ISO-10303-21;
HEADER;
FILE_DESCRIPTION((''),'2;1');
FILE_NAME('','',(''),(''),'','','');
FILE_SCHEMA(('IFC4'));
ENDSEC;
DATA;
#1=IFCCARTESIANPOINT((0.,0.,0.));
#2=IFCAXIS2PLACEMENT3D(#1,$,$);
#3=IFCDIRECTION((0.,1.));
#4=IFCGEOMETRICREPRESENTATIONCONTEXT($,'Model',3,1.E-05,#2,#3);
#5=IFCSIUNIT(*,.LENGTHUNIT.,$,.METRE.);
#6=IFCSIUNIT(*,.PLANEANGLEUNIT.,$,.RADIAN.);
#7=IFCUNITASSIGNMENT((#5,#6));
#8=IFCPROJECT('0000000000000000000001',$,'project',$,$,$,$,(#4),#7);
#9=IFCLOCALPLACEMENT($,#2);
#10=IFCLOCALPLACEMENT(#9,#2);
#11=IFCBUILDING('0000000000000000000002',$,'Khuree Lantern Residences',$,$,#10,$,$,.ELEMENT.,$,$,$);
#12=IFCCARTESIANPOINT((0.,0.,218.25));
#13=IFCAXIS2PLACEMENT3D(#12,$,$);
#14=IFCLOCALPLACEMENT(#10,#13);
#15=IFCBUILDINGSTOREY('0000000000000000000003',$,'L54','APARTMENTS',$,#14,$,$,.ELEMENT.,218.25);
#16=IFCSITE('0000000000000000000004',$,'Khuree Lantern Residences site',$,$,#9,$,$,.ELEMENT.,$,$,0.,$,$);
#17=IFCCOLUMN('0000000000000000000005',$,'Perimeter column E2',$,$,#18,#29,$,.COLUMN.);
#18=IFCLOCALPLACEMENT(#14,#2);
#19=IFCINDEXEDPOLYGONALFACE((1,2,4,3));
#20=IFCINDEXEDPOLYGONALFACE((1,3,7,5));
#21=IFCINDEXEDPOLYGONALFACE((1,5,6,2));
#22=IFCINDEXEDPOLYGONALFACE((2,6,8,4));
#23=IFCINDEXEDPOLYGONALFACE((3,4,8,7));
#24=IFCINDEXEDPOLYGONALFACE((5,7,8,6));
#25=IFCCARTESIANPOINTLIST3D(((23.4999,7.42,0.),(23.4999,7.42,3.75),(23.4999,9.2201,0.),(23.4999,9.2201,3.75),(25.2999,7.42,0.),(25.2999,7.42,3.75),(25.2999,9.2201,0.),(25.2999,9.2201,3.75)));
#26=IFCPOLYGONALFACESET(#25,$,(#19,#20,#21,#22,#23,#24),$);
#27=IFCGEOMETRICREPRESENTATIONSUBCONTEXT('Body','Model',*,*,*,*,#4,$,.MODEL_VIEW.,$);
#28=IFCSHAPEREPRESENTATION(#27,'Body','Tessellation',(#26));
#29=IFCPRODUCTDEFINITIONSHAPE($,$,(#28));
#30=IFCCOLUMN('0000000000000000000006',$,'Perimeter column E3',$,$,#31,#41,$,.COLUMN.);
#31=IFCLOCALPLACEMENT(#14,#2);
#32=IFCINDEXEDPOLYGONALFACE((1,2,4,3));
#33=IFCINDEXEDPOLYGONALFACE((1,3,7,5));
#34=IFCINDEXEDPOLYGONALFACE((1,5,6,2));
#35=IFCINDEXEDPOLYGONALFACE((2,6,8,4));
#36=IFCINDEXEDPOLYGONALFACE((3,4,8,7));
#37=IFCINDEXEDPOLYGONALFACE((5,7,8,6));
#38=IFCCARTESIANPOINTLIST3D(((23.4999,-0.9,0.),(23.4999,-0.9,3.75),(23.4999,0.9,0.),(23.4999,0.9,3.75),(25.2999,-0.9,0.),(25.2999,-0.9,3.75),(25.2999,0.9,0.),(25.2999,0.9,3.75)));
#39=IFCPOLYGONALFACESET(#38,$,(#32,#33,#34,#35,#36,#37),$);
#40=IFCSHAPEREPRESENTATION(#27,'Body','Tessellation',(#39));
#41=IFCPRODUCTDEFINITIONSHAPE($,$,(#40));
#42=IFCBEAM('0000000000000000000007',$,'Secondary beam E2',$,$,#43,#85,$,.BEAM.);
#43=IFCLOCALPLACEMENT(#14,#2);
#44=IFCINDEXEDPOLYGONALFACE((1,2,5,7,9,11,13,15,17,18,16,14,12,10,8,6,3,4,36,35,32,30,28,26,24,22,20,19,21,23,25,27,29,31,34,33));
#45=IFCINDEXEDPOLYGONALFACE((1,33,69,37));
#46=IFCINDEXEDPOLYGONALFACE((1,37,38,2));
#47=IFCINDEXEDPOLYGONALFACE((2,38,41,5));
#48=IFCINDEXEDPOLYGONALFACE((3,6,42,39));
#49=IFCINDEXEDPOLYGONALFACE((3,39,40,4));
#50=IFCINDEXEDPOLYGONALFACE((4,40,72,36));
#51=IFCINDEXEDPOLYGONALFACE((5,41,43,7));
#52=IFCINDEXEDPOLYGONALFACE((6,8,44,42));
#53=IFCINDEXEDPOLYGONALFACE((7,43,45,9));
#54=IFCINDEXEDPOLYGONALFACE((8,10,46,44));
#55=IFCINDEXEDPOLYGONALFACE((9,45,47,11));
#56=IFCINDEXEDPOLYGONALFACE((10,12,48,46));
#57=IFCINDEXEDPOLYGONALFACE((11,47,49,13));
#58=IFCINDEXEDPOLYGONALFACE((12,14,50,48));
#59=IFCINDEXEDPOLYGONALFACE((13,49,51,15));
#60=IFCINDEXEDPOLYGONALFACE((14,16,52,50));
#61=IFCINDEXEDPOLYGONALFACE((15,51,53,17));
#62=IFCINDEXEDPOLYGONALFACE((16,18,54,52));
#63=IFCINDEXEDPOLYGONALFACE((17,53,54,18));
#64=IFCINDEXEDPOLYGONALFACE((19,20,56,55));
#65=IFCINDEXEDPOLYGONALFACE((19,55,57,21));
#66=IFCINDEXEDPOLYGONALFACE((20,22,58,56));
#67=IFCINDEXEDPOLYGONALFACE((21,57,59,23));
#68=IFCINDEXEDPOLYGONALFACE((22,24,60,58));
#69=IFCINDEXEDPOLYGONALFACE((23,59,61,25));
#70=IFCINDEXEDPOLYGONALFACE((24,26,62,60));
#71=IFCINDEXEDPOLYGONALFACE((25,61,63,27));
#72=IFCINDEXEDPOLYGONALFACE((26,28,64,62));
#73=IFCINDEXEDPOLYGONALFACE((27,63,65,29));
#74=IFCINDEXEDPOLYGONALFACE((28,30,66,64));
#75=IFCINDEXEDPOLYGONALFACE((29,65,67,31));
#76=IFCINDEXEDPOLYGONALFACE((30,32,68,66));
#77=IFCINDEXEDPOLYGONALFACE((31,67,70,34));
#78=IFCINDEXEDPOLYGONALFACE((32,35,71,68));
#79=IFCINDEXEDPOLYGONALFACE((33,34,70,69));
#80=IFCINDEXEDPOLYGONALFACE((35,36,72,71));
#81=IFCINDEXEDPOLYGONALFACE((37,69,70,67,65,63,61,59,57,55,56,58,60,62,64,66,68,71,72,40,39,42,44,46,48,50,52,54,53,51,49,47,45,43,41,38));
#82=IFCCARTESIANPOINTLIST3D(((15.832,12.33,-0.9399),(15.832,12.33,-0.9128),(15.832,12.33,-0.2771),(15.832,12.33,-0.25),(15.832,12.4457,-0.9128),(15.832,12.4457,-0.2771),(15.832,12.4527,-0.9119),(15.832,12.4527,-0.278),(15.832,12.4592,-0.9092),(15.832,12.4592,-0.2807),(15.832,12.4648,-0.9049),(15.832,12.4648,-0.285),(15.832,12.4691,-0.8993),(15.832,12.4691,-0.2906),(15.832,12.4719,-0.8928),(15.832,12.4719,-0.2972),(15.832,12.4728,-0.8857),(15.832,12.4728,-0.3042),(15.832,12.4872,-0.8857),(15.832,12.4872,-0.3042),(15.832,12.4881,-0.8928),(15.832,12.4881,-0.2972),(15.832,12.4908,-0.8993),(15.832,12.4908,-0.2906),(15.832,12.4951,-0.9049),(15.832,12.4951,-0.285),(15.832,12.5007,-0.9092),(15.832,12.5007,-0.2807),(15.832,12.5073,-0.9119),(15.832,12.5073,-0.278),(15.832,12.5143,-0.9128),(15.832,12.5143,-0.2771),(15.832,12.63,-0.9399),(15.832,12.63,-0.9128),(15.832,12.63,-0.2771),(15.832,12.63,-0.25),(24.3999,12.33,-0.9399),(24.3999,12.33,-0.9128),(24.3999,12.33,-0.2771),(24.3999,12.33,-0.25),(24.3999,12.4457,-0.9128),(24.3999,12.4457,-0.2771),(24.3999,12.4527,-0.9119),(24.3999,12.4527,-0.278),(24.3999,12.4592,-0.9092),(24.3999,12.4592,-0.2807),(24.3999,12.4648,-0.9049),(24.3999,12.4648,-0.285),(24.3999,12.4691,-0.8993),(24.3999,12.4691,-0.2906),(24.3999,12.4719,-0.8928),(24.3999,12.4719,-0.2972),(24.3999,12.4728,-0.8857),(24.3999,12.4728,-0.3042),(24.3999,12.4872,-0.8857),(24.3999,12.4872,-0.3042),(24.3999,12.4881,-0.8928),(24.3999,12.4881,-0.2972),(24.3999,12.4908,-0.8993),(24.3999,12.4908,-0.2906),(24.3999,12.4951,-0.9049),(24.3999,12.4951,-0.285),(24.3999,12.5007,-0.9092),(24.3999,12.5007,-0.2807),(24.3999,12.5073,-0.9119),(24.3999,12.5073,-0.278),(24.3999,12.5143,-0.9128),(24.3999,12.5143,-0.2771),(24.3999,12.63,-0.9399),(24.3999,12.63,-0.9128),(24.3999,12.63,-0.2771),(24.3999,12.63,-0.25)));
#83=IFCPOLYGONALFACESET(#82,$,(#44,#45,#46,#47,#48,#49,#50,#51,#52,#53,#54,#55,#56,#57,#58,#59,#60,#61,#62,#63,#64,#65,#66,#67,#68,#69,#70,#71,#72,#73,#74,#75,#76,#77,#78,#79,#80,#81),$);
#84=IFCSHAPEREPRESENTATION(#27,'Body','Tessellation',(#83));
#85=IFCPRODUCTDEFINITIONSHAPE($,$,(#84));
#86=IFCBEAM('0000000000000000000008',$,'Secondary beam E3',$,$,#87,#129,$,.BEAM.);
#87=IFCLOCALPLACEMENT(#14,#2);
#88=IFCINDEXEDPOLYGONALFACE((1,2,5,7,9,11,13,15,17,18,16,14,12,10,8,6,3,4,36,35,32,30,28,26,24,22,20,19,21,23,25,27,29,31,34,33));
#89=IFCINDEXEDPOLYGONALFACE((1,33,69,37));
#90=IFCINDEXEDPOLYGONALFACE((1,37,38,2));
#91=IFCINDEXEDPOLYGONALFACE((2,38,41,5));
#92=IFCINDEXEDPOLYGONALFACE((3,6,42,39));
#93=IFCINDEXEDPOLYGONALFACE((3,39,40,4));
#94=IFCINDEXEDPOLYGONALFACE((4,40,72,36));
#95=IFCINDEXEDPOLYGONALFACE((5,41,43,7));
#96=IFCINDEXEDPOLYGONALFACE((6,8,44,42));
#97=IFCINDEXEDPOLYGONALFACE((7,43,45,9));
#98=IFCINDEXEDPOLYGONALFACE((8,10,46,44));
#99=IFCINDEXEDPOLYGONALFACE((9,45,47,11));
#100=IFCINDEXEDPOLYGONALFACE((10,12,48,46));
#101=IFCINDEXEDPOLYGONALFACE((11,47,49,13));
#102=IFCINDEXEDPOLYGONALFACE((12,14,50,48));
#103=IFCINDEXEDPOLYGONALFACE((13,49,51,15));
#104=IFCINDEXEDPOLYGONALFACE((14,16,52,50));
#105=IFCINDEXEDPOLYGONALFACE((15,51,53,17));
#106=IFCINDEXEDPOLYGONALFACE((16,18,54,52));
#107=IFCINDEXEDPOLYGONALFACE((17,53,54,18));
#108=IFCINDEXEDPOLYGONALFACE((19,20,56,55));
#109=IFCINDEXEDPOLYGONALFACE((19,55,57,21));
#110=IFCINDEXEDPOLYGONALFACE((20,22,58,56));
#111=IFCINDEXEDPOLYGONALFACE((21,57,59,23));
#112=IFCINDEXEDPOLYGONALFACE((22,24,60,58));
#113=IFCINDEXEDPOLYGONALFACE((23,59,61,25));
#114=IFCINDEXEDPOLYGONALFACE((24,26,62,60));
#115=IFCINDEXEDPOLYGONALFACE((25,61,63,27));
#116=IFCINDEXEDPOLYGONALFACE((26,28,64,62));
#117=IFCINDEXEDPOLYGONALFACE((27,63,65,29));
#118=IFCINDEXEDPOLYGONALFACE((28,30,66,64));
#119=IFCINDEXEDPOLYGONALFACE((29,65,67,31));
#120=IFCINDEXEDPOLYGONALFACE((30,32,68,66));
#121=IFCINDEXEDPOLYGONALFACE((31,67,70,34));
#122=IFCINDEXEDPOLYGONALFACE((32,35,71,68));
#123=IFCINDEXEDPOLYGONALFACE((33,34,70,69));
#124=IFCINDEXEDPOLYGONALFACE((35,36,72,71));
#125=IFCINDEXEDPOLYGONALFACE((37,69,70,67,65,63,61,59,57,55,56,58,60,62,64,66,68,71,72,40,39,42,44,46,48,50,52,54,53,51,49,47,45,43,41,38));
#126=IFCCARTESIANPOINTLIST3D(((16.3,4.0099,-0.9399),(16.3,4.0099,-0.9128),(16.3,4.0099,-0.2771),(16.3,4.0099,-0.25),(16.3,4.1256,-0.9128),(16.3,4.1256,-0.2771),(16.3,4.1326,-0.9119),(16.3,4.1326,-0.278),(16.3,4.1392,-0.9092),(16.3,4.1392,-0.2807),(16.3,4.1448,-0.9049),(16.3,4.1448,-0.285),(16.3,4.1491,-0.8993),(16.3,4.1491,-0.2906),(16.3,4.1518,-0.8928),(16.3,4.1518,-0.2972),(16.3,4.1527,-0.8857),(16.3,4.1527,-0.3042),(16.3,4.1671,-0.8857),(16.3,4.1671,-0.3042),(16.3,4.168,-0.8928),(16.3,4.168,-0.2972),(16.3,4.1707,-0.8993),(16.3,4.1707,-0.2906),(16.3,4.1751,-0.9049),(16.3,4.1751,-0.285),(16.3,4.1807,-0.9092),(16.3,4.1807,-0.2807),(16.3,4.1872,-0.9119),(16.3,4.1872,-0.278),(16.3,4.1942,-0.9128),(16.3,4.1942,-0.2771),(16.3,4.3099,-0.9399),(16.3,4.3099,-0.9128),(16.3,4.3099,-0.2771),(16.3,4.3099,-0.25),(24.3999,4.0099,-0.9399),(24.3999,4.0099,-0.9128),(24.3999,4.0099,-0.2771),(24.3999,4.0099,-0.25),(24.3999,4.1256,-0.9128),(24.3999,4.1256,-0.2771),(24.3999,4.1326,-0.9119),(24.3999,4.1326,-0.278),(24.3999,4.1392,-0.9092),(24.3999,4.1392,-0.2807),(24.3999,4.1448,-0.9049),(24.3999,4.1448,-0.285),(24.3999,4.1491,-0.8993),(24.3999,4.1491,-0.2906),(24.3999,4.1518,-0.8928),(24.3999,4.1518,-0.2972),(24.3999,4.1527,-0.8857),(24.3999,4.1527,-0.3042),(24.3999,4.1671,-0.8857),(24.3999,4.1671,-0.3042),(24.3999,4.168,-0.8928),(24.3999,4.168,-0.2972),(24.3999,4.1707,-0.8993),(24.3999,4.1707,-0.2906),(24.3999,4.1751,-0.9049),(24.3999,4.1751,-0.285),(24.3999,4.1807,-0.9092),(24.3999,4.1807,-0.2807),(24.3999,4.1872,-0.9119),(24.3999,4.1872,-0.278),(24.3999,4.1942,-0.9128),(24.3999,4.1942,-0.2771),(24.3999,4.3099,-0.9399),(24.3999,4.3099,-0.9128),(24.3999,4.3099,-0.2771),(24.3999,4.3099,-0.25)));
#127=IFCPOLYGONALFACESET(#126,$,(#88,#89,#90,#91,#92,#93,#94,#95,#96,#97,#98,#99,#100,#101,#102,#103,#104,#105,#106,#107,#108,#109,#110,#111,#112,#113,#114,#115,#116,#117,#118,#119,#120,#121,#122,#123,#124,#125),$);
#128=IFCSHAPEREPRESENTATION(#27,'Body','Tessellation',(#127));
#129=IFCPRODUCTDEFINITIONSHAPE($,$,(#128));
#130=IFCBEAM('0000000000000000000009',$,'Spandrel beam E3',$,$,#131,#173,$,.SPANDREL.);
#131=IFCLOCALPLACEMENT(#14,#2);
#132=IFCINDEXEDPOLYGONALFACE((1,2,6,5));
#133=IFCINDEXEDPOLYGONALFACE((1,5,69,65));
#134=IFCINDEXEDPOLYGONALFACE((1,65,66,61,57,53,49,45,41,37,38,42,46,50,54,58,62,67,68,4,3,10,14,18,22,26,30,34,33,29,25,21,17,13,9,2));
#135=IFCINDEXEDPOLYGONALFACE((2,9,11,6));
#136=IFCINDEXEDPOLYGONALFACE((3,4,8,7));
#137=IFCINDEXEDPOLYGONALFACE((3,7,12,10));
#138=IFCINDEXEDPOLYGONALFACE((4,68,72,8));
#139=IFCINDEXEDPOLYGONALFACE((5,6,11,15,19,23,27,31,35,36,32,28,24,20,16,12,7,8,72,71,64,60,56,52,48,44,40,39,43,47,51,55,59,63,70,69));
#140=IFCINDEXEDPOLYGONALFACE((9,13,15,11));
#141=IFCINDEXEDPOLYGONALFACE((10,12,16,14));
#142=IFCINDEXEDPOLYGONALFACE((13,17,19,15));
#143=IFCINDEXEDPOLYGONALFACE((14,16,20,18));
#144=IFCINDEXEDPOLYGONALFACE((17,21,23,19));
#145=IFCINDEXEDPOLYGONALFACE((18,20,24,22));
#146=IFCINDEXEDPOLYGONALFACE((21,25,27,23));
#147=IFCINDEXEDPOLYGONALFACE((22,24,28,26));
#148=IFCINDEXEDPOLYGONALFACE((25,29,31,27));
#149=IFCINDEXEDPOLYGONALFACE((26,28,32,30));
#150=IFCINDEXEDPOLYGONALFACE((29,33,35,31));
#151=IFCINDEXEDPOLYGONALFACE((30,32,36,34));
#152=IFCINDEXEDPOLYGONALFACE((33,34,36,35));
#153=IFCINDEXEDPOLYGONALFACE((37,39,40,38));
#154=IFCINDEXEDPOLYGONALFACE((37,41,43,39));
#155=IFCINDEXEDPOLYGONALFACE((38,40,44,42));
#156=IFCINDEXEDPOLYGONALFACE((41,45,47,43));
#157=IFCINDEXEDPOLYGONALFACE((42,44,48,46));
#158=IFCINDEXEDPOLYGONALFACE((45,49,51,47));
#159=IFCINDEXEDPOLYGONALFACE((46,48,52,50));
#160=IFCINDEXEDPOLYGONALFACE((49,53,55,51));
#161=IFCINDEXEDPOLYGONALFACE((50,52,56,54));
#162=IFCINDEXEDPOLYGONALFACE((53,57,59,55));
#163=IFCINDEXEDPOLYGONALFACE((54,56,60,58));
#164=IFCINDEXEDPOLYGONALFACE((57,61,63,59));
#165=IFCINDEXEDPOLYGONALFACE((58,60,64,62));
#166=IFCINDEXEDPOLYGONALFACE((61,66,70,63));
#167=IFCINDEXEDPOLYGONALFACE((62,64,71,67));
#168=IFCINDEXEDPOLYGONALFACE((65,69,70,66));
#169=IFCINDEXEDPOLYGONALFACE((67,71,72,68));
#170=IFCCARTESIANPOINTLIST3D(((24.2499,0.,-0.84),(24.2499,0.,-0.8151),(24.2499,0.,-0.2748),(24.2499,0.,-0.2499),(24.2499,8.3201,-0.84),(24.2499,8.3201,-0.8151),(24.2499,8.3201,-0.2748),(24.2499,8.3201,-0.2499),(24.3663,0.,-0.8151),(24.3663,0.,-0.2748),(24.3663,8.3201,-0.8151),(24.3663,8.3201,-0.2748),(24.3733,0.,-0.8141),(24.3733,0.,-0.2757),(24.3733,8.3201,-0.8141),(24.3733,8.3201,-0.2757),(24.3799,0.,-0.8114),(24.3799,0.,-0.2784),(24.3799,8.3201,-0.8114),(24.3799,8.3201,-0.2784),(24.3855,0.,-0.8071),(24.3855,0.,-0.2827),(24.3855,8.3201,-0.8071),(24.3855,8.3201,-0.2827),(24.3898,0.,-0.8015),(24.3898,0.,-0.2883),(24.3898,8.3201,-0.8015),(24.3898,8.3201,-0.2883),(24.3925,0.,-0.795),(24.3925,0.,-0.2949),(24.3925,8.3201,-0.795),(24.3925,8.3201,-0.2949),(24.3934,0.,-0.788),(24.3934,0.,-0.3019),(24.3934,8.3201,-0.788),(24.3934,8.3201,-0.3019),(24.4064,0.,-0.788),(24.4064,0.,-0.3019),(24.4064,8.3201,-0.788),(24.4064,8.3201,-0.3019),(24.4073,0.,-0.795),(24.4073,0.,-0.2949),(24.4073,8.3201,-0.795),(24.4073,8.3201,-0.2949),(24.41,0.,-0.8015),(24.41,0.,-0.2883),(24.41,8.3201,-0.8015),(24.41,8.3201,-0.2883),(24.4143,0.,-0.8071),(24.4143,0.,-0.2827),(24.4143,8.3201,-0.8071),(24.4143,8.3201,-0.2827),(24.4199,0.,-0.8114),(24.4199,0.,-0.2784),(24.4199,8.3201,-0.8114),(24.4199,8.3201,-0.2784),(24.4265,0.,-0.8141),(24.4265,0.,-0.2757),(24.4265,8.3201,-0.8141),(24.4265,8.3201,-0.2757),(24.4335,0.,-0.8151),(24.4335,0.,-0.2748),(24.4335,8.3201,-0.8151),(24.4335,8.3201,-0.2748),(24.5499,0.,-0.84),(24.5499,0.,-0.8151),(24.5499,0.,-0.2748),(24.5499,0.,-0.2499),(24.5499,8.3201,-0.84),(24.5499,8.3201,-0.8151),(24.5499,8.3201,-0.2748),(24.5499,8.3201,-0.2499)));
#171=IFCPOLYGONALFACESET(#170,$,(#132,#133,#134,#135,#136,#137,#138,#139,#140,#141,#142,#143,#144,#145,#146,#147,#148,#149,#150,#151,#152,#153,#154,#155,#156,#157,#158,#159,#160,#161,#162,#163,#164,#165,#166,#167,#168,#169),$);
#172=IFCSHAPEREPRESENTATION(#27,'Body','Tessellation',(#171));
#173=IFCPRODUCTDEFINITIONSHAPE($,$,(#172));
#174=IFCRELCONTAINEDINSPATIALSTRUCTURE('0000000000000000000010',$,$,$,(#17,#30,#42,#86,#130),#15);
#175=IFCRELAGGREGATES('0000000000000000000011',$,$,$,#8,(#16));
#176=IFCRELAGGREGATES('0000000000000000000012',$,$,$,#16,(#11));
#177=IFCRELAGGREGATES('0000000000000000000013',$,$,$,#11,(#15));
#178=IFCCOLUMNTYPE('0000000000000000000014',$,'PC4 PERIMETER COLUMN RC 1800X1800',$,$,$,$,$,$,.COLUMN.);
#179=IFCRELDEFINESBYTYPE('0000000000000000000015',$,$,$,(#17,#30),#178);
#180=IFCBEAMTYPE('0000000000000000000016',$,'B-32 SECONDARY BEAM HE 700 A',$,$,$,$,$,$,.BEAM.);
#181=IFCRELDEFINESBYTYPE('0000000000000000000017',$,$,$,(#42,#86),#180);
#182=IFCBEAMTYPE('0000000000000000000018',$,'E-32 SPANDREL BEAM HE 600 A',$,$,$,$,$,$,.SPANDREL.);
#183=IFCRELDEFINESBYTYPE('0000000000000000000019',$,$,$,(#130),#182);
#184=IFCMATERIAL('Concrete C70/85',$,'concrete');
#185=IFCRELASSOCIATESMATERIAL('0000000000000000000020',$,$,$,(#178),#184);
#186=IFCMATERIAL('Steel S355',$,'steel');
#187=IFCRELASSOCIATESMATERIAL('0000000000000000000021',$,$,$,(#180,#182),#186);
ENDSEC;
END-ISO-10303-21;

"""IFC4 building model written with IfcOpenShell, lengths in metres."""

from ifc_helpers import new_model, si_unit, direction, frame, origin, origin_2d, place, context, subcontext, project, spatial, rectangle, i_section, extrude, material, material_profile, profile_set, type_object, element, save


model = new_model("IFC4")

# Units and contexts
model_context = context("Model", 3, precision=1e-05, world=origin(), true_north=direction((0.0, 1.0)))
body_context = subcontext(model_context, "Body", "Model", "MODEL_VIEW")
ifc_project = project(units=[si_unit("LENGTHUNIT", "METRE"), si_unit("PLANEANGLEUNIT", "RADIAN")], contexts=[model_context])

# Site, building, storey
site_placement = place(None, origin())
site = spatial("IfcSite", under=ifc_project, at=site_placement, Name="Khuree Lantern Residences site", CompositionType="ELEMENT", RefElevation=0.0)
building_placement = place(site_placement, origin())
building = spatial("IfcBuilding", under=site, at=building_placement, Name="Khuree Lantern Residences", CompositionType="ELEMENT")
storey_placement = place(building_placement, frame((0.0, 0.0, 218.25)))
storey = spatial("IfcBuildingStorey", under=building, at=storey_placement, Name="L54", Description="APARTMENTS", CompositionType="ELEMENT", Elevation=218.25)

# Columns
ifc_material_1 = material(Name="Concrete C70/85", Category="concrete")
ifc_material_profile_1 = material_profile(ifc_material_1, rectangle(XDim=1.8, YDim=1.8, at=origin_2d()), Name="RC 1800X1800")
ifc_profile_set_1 = profile_set([ifc_material_profile_1], Name="Concrete C70/85")
column_type = type_object("IfcColumnType", Name="PC4 PERIMETER COLUMN RC 1800X1800", PredefinedType="COLUMN", material=ifc_profile_set_1)
for number, where, z_axis, x_axis, name in (
    (1, (24.3999, 8.3201, 0.0), (0.0, 0.0, 1.0), (0.0, 1.0, 0.0), "Perimeter column E2"),
    (2, (24.3999, 0.0, 0.0), (0.0, 0.0, 1.0), (0.0, 1.0, 0.0), "Perimeter column E3"),
):
    element("IfcColumn", number, at=place(storey_placement, frame(where, z_axis=z_axis, x_axis=x_axis)), inside=storey, type_object=column_type, Name=name, PredefinedType="COLUMN", context=body_context, shape_type="SweptSolid", body=[
        extrude(rectangle(XDim=1.8, YDim=1.8, at=origin_2d()), origin(), (0.0, 0.0, 1.0), 3.75),
    ])

# Beams
ifc_material_2 = material(Name="Steel S355", Category="steel")
ifc_material_profile_2 = material_profile(ifc_material_2, i_section(OverallWidth=0.3, OverallDepth=0.6899, WebThickness=0.0144, FlangeThickness=0.0271, FilletRadius=0.0271, at=origin_2d()), Name="HE 700 A")
ifc_profile_set_2 = profile_set([ifc_material_profile_2], Name="Steel S355")
beam_type_1 = type_object("IfcBeamType", Name="B-32 SECONDARY BEAM HE 700 A", PredefinedType="BEAM", material=ifc_profile_set_2)
beam_1_placement = place(storey_placement, frame((24.3999, 12.48, -0.595), z_axis=(-1.0, 0.0, 0.0), x_axis=(0.0, -1.0, 0.0)))
element("IfcBeam", 3, at=beam_1_placement, inside=storey, type_object=beam_type_1, Name="Secondary beam E2", PredefinedType="BEAM", context=body_context, shape_type="SweptSolid", body=[
    extrude(i_section(OverallWidth=0.3, OverallDepth=0.6899, WebThickness=0.0144, FlangeThickness=0.0271, FilletRadius=0.0271, at=origin_2d()), origin(), (0.0, 0.0, 1.0), 8.5679),
])
beam_2_placement = place(storey_placement, frame((24.3999, 4.1599, -0.595), z_axis=(-1.0, 0.0, 0.0), x_axis=(0.0, -1.0, 0.0)))
element("IfcBeam", 4, at=beam_2_placement, inside=storey, type_object=beam_type_1, Name="Secondary beam E3", PredefinedType="BEAM", context=body_context, shape_type="SweptSolid", body=[
    extrude(i_section(OverallWidth=0.3, OverallDepth=0.6899, WebThickness=0.0144, FlangeThickness=0.0271, FilletRadius=0.0271, at=origin_2d()), origin(), (0.0, 0.0, 1.0), 8.0999),
])
ifc_material_profile_3 = material_profile(ifc_material_2, i_section(OverallWidth=0.3, OverallDepth=0.5901, WebThickness=0.0129, FlangeThickness=0.0249, FilletRadius=0.0271, at=origin_2d()), Name="HE 600 A")
ifc_profile_set_3 = profile_set([ifc_material_profile_3], Name="Steel S355")
beam_type_2 = type_object("IfcBeamType", Name="E-32 SPANDREL BEAM HE 600 A", PredefinedType="SPANDREL", material=ifc_profile_set_3)
for number, where, z_axis, x_axis, name in (
    (5, (24.3999, 8.3201, -0.5449), (0.0, -1.0, 0.0), (1.0, 0.0, 0.0), "Spandrel beam E3"),
):
    element("IfcBeam", number, at=place(storey_placement, frame(where, z_axis=z_axis, x_axis=x_axis)), inside=storey, type_object=beam_type_2, Name=name, PredefinedType="SPANDREL", context=body_context, shape_type="SweptSolid", body=[
        extrude(i_section(OverallWidth=0.3, OverallDepth=0.5901, WebThickness=0.0129, FlangeThickness=0.0249, FilletRadius=0.0271, at=origin_2d()), origin(), (0.0, 0.0, 1.0), 8.3201),
    ])

save(model, "model.ifc")
